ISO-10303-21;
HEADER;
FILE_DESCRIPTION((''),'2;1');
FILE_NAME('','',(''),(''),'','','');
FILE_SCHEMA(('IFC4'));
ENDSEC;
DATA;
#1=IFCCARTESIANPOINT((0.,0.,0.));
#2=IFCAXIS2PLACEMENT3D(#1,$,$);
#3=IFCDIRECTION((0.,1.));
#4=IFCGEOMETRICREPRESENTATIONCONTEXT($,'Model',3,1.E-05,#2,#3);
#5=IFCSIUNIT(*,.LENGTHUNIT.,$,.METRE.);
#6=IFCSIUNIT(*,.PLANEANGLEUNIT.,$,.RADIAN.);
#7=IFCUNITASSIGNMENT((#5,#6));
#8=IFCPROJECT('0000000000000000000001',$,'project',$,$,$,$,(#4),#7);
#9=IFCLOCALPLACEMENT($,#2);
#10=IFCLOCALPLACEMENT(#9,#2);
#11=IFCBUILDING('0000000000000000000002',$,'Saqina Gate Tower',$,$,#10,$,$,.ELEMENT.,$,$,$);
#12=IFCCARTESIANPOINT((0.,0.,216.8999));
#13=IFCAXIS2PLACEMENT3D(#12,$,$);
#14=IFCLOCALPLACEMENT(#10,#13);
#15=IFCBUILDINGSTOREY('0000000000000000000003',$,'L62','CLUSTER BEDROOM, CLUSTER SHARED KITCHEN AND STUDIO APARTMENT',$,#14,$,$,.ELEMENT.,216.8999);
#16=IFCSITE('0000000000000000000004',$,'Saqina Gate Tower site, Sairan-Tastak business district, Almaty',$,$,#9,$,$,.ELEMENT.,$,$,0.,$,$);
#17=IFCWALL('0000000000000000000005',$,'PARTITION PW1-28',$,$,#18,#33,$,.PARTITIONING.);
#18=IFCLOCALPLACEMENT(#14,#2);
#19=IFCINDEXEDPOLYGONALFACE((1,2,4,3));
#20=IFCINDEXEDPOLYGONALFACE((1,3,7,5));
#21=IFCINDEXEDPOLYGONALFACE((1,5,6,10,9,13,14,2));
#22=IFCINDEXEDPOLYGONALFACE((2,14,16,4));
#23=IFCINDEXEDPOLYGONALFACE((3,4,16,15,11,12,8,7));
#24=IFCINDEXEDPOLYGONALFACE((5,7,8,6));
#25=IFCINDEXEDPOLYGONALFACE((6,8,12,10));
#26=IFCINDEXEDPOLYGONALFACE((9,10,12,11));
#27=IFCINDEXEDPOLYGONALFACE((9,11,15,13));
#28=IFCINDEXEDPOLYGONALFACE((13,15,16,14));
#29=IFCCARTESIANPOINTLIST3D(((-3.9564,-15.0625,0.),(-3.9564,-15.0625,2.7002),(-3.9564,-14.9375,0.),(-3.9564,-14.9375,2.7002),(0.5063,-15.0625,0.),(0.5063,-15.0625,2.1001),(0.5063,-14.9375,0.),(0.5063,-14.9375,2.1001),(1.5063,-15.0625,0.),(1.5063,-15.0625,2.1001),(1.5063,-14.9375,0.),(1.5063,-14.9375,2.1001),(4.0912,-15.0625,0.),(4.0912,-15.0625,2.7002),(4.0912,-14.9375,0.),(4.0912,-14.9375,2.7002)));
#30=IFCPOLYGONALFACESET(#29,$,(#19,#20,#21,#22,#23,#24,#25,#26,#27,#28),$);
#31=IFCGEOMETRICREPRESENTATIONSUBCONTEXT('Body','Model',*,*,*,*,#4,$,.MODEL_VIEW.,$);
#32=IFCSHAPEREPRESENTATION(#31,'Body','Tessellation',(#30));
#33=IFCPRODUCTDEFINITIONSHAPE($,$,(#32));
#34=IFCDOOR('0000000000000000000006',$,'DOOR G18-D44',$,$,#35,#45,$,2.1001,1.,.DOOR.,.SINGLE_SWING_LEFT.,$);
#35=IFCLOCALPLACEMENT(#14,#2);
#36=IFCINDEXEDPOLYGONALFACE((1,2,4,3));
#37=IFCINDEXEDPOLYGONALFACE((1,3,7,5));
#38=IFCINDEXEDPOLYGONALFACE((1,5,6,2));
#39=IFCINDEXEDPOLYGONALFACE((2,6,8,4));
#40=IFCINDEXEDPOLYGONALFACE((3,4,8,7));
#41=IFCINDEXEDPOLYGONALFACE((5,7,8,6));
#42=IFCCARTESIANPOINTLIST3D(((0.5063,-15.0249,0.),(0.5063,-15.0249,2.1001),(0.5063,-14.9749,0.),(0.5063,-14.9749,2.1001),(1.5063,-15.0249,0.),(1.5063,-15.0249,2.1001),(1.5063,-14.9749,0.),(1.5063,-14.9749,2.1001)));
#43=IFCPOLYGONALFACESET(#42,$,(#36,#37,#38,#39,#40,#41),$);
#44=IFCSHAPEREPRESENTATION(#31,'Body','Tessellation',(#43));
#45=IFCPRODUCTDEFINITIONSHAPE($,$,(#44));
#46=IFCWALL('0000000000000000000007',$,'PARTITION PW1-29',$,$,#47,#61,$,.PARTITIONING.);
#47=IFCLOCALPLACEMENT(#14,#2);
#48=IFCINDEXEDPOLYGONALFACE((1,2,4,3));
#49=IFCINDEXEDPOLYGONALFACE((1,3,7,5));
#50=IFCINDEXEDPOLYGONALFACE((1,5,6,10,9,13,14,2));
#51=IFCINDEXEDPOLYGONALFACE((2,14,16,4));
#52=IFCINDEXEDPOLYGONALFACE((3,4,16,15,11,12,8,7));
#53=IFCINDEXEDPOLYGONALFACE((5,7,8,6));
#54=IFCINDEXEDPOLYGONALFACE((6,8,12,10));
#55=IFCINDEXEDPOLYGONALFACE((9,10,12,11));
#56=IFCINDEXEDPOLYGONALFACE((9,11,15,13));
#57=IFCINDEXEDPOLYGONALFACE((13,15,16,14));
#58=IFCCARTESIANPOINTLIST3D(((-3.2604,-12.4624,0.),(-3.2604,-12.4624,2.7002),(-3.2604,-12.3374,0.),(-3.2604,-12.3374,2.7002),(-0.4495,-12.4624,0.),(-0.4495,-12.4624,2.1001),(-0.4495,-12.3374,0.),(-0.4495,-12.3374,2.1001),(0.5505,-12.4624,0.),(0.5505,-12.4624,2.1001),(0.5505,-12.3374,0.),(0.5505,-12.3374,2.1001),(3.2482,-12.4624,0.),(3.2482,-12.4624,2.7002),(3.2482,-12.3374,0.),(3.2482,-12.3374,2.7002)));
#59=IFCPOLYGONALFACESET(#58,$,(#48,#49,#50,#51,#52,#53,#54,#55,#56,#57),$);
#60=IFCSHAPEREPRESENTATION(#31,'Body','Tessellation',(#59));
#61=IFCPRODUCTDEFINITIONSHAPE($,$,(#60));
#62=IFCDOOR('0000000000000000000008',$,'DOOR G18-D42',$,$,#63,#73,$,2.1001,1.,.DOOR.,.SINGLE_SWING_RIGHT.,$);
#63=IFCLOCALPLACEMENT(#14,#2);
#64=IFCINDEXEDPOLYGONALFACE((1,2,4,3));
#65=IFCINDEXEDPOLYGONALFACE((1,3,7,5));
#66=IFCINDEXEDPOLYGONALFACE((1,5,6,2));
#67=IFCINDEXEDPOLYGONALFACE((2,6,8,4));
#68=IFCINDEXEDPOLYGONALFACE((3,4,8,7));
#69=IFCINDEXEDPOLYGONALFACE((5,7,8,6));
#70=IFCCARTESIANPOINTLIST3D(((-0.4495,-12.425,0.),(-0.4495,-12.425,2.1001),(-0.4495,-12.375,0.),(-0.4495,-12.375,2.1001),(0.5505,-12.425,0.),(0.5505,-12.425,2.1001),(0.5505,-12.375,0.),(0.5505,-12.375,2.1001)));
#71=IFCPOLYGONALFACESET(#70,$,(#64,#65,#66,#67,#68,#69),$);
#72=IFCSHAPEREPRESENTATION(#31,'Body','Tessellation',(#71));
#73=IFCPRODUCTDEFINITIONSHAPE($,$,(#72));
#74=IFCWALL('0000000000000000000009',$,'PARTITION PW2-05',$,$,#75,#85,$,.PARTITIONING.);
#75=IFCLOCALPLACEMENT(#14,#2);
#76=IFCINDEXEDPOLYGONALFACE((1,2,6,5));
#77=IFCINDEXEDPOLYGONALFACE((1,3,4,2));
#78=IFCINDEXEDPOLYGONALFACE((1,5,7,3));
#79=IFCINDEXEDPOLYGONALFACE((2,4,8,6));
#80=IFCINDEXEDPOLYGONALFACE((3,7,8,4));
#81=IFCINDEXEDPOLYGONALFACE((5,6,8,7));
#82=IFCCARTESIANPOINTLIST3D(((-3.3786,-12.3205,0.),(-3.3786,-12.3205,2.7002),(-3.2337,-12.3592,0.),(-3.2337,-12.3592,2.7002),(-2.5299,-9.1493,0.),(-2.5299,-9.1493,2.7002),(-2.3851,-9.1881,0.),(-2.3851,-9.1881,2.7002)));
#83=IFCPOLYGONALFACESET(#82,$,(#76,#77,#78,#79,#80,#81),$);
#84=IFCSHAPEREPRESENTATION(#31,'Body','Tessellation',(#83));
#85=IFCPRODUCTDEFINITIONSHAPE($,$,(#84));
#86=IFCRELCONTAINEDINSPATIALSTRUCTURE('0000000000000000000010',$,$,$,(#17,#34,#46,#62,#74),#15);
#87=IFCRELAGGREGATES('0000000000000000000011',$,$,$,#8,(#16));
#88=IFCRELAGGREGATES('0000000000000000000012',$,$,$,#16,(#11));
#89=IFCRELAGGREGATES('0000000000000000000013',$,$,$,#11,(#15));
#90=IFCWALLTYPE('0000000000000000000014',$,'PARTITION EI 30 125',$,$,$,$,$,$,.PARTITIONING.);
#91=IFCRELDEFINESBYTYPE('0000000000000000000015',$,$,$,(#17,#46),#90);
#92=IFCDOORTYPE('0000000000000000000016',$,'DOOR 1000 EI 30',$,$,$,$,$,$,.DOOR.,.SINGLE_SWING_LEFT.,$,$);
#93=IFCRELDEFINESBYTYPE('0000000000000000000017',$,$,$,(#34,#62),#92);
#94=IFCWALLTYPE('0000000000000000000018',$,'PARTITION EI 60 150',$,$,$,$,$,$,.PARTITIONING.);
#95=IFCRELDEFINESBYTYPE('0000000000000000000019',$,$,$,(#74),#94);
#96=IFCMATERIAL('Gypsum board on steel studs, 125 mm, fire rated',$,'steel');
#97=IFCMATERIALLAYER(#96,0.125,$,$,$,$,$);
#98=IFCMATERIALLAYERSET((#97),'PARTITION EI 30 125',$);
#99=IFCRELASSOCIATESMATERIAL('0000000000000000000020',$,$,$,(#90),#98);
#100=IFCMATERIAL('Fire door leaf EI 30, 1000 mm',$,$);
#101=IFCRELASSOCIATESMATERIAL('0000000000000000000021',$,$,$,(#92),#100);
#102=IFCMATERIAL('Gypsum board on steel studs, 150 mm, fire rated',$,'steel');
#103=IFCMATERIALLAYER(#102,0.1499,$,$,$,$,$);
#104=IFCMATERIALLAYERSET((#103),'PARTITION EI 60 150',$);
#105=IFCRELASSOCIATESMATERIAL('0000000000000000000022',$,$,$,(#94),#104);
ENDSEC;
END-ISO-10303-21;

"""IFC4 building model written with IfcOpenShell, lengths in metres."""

from ifc_helpers import new_model, si_unit, direction, frame, frame_2d, origin, place, context, subcontext, project, spatial, rectangle, extrude, material, layer, layer_set, type_object, element, fill, save


model = new_model("IFC4")

# Units and contexts
model_context = context("Model", 3, precision=1e-05, world=origin(), true_north=direction((0.0, 1.0)))
body_context = subcontext(model_context, "Body", "Model", "MODEL_VIEW")
ifc_project = project(units=[si_unit("LENGTHUNIT", "METRE"), si_unit("PLANEANGLEUNIT", "RADIAN")], contexts=[model_context])

# Site, building, storey
site_placement = place(None, origin())
site = spatial("IfcSite", under=ifc_project, at=site_placement, Name="Saqina Gate Tower site, Sairan-Tastak business district, Almaty", CompositionType="ELEMENT", RefElevation=0.0)
building_placement = place(site_placement, origin())
building = spatial("IfcBuilding", under=site, at=building_placement, Name="Saqina Gate Tower", CompositionType="ELEMENT")
storey_placement = place(building_placement, frame((0.0, 0.0, 216.8999)))
storey = spatial("IfcBuildingStorey", under=building, at=storey_placement, Name="L62", Description="CLUSTER BEDROOM, CLUSTER SHARED KITCHEN AND STUDIO APARTMENT", CompositionType="ELEMENT", Elevation=216.8999)

# Shared definitions
ifc_material_1 = material(Name="Gypsum board on steel studs, 125 mm, fire rated", Category="steel")
ifc_layer_1 = layer(ifc_material_1, 0.125)
ifc_layer_set_1 = layer_set([ifc_layer_1], Name="PARTITION EI 30 125")
wall_type_1 = type_object("IfcWallType", Name="PARTITION EI 30 125", PredefinedType="PARTITIONING", material=ifc_layer_set_1)

# Walls, openings, doors
wall_1_placement = place(storey_placement, frame((-3.9565, -15.0, 0.0), z_axis=(0.0, 0.0, 1.0), x_axis=(1.0, 0.0, 0.0)))
wall_1 = element("IfcWall", 1, at=wall_1_placement, inside=storey, type_object=wall_type_1, Name="PARTITION PW1-28", PredefinedType="PARTITIONING", context=body_context, shape_type="SweptSolid", body=[
    extrude(rectangle(XDim=8.0476, YDim=0.125, at=frame_2d((4.0239, 0.0))), origin(), (0.0, 0.0, 1.0), 2.7002),
])
opening_1_placement = place(wall_1_placement, frame((4.4629, 0.0, 0.0)))
opening_1 = element("IfcOpeningElement", 2, at=opening_1_placement, cuts=wall_1, PredefinedType="OPENING", context=body_context, shape_type="SweptSolid", body=[
    extrude(rectangle(XDim=1.0, YDim=2.1001, at=frame_2d((0.5, 1.05))), frame((0.0, 0.0745, 0.0), z_axis=(0.0, -1.0, 0.0), x_axis=(1.0, 0.0, 0.0)), (0.0, 0.0, 1.0), 0.1489),
])
ifc_material_2 = material(Name="Fire door leaf EI 30, 1000 mm")
door_type_1 = type_object("IfcDoorType", Name="DOOR 1000 EI 30", OperationType="SINGLE_SWING_LEFT", PredefinedType="DOOR", material=ifc_material_2)
door_1_placement = place(opening_1_placement, frame((1.0, 0.0, 0.0), z_axis=(0.0, 0.0, 1.0), x_axis=(-1.0, 0.0, 0.0)))
door_1 = element("IfcDoor", 3, at=door_1_placement, inside=storey, type_object=door_type_1, Name="DOOR G18-D44", OperationType="SINGLE_SWING_LEFT", OverallHeight=2.1001, OverallWidth=1.0, PredefinedType="DOOR", context=body_context, shape_type="SweptSolid", body=[
    extrude(rectangle(XDim=1.0, YDim=2.1001, at=frame_2d((0.5, 1.05))), frame((0.0, 0.0249, 0.0), z_axis=(0.0, -1.0, 0.0), x_axis=(1.0, 0.0, 0.0)), (0.0, 0.0, 1.0), 0.05),
])
fill(opening_1, door_1)
wall_2_placement = place(storey_placement, frame((-3.2605, -12.3999, 0.0), z_axis=(0.0, 0.0, 1.0), x_axis=(1.0, 0.0, 0.0)))
wall_2 = element("IfcWall", 4, at=wall_2_placement, inside=storey, type_object=wall_type_1, Name="PARTITION PW1-29", PredefinedType="PARTITIONING", context=body_context, shape_type="SweptSolid", body=[
    extrude(rectangle(XDim=6.5085, YDim=0.125, at=frame_2d((3.2544, 0.0))), origin(), (0.0, 0.0, 1.0), 2.7002),
])
opening_2_placement = place(wall_2_placement, frame((2.811, 0.0, 0.0)))
opening_2 = element("IfcOpeningElement", 5, at=opening_2_placement, cuts=wall_2, PredefinedType="OPENING", context=body_context, shape_type="SweptSolid", body=[
    extrude(rectangle(XDim=1.0, YDim=2.1001, at=frame_2d((0.5, 1.05))), frame((0.0, 0.0745, 0.0), z_axis=(0.0, -1.0, 0.0), x_axis=(1.0, 0.0, 0.0)), (0.0, 0.0, 1.0), 0.1489),
])
door_2_placement = place(opening_2_placement, origin())
door_2 = element("IfcDoor", 6, at=door_2_placement, inside=storey, type_object=door_type_1, Name="DOOR G18-D42", OperationType="SINGLE_SWING_RIGHT", OverallHeight=2.1001, OverallWidth=1.0, PredefinedType="DOOR", context=body_context, shape_type="SweptSolid", body=[
    extrude(rectangle(XDim=1.0, YDim=2.1001, at=frame_2d((0.5, 1.05))), frame((0.0, 0.0249, 0.0), z_axis=(0.0, -1.0, 0.0), x_axis=(1.0, 0.0, 0.0)), (0.0, 0.0, 1.0), 0.05),
])
fill(opening_2, door_2)

# Wall
ifc_material_3 = material(Name="Gypsum board on steel studs, 150 mm, fire rated", Category="steel")
ifc_layer_2 = layer(ifc_material_3, 0.1499)
ifc_layer_set_2 = layer_set([ifc_layer_2], Name="PARTITION EI 60 150")
wall_type_2 = type_object("IfcWallType", Name="PARTITION EI 60 150", PredefinedType="PARTITIONING", material=ifc_layer_set_2)
wall_3_placement = place(storey_placement, frame((-3.3062, -12.3398, 0.0), z_axis=(0.0, 0.0, 1.0), x_axis=(0.258514, 0.966007, 0.0)))
element("IfcWall", 7, at=wall_3_placement, inside=storey, type_object=wall_type_2, Name="PARTITION PW2-05", PredefinedType="PARTITIONING", context=body_context, shape_type="SweptSolid", body=[
    extrude(rectangle(XDim=3.2827, YDim=0.1499, at=frame_2d((1.6414, 0.0))), origin(), (0.0, 0.0, 1.0), 2.7002),
])

save(model, "model.ifc")
